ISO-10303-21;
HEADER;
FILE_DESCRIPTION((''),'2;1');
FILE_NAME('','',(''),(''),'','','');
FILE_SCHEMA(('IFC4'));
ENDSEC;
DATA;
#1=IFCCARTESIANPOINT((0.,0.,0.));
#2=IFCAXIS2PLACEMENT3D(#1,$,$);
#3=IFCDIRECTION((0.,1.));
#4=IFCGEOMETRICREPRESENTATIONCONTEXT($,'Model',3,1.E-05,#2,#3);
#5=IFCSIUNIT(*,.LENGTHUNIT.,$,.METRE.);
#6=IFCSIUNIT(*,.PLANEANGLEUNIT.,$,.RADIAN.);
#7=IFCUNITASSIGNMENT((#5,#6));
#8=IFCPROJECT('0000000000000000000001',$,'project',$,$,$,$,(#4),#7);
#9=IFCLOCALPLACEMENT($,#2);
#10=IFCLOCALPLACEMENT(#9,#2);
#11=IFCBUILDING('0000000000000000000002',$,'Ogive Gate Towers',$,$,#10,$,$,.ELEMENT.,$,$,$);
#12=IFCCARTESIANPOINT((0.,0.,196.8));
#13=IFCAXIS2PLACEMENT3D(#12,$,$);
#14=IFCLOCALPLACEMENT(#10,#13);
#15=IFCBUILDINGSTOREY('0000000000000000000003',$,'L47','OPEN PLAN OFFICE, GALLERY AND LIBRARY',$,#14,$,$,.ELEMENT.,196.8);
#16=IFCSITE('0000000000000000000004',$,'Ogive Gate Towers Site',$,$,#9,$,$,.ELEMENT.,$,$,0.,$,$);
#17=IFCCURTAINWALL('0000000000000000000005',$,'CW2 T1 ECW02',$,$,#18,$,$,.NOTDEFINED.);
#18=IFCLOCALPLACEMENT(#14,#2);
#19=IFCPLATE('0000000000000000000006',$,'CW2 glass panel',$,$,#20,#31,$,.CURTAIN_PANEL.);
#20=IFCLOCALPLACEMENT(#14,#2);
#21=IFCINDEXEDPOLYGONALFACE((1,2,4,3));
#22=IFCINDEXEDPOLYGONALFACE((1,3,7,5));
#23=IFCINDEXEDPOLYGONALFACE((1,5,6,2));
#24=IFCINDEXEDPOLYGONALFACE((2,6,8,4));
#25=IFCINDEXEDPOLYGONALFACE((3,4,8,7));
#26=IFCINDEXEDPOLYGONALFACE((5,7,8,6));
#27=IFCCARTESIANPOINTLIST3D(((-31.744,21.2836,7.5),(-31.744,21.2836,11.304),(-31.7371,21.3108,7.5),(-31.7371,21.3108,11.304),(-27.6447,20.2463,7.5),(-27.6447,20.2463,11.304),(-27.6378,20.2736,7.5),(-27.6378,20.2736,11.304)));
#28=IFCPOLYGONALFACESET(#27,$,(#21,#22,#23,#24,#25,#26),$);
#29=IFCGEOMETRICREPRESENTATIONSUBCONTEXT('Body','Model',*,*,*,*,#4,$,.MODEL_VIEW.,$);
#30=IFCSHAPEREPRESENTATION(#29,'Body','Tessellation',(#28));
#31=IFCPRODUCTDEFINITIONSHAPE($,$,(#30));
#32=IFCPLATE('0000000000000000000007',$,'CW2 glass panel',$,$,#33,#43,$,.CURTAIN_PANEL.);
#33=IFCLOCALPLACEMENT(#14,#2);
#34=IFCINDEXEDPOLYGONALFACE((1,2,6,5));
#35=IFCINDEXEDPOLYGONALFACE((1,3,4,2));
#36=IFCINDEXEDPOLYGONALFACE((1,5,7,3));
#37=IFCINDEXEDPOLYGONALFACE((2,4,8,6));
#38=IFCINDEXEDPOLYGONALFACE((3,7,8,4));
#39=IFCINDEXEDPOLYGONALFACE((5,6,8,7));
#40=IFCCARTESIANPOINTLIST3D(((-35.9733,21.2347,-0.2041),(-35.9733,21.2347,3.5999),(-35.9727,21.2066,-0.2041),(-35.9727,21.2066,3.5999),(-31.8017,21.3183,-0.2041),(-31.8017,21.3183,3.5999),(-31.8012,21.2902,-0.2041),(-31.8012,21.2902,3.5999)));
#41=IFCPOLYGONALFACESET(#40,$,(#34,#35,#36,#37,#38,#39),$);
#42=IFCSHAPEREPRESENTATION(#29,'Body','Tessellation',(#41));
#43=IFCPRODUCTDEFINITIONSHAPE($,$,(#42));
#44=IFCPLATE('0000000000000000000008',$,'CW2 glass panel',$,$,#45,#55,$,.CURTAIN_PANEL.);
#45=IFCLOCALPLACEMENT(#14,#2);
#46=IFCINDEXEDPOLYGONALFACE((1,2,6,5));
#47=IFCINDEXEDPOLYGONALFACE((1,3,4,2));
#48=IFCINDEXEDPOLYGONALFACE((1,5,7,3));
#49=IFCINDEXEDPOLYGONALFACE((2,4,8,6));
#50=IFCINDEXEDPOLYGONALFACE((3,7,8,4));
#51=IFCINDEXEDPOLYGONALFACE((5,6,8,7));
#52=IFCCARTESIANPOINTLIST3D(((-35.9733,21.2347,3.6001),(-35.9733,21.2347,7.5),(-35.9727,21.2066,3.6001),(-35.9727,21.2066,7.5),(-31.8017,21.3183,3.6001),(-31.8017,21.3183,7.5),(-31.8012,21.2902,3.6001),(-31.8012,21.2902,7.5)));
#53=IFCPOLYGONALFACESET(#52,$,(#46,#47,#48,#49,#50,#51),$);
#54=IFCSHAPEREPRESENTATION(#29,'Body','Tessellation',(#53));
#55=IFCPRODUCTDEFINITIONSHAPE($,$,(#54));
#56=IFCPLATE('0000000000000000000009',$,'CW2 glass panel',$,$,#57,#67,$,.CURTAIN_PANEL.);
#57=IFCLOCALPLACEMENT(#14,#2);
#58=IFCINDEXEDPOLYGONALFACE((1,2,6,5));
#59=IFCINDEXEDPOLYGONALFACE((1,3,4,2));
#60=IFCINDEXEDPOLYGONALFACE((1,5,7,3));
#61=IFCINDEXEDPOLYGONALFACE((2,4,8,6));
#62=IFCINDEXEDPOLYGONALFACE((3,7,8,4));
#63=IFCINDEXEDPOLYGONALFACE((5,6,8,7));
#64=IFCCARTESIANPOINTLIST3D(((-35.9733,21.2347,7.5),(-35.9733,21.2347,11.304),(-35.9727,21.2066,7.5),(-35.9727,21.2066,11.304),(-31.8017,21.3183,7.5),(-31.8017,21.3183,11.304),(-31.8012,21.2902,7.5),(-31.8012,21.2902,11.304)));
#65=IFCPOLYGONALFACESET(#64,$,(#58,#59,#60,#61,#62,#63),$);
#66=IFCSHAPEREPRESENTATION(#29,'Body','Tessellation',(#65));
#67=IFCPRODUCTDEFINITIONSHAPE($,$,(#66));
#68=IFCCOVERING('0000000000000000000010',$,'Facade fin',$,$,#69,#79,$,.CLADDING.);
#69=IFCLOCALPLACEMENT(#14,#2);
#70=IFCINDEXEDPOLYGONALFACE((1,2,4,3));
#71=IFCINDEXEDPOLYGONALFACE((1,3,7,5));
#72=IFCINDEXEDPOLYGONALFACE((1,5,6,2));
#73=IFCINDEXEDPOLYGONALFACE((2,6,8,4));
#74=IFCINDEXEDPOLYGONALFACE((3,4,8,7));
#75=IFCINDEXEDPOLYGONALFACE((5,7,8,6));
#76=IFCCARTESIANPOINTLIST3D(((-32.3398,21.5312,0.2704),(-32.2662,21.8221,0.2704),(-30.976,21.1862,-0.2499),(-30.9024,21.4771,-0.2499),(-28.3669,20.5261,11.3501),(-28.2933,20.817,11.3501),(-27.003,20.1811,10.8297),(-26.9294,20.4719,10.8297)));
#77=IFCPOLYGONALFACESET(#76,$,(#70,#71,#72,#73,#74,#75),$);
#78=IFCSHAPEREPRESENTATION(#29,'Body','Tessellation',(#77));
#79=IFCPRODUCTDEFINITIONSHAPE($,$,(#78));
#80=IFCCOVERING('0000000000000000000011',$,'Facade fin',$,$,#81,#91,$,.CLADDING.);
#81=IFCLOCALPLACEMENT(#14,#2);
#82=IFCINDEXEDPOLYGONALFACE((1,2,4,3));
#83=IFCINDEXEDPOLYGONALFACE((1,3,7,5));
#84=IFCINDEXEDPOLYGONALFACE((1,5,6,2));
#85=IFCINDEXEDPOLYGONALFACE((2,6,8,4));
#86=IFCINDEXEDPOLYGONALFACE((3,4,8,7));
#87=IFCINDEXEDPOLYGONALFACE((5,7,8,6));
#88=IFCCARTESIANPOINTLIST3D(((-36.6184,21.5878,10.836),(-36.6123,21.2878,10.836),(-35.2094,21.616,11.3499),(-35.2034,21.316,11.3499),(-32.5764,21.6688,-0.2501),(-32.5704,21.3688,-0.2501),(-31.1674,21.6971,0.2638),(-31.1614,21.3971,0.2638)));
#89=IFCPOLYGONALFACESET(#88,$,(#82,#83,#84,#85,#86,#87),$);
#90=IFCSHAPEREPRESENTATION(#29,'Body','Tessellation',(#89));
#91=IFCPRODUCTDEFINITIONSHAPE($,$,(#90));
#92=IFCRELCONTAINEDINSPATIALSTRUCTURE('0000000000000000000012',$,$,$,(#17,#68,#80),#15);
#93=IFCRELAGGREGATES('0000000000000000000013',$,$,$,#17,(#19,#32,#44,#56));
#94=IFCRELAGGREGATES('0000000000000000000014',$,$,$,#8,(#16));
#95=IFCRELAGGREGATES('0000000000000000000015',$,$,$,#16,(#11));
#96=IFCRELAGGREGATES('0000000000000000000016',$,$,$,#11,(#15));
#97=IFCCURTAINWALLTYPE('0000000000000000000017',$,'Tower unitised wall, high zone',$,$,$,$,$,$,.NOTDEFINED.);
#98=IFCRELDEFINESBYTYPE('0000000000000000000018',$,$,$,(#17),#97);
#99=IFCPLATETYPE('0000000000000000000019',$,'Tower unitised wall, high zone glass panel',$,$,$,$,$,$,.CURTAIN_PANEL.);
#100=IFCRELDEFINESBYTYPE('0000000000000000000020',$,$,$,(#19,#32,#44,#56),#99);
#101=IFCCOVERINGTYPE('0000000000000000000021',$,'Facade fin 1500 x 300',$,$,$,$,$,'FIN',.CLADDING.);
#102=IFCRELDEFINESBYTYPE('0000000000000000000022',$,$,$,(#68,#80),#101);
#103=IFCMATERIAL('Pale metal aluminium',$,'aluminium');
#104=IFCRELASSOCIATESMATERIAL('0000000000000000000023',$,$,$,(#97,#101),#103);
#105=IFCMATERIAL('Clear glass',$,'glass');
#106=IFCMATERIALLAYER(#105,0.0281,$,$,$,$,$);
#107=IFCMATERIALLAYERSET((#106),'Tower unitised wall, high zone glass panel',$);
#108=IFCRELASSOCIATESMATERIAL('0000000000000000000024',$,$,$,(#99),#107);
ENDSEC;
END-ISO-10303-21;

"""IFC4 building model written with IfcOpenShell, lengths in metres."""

from ifc_helpers import new_model, si_unit, direction, frame, origin, origin_2d, place, context, subcontext, project, spatial, rectangle, extrude, material, layer, layer_set, material_profile, profile_set, type_object, element, aggregate, save


model = new_model("IFC4")

# Units and contexts
model_context = context("Model", 3, precision=1e-05, world=origin(), true_north=direction((0.0, 1.0)))
body_context = subcontext(model_context, "Body", "Model", "MODEL_VIEW")
ifc_project = project(units=[si_unit("LENGTHUNIT", "METRE"), si_unit("PLANEANGLEUNIT", "RADIAN")], contexts=[model_context])

# Site, building, storey
site_placement = place(None, origin())
site = spatial("IfcSite", under=ifc_project, at=site_placement, Name="Ogive Gate Towers Site", CompositionType="ELEMENT", RefElevation=0.0)
building_placement = place(site_placement, origin())
building = spatial("IfcBuilding", under=site, at=building_placement, Name="Ogive Gate Towers", CompositionType="ELEMENT")
storey_placement = place(building_placement, frame((0.0, 0.0, 196.8)))
storey = spatial("IfcBuildingStorey", under=building, at=storey_placement, Name="L47", Description="OPEN PLAN OFFICE, GALLERY AND LIBRARY", CompositionType="ELEMENT", Elevation=196.8)

# Curtain wall
ifc_material_1 = material(Name="Pale metal aluminium", Category="aluminium")
curtain_wall_type = type_object("IfcCurtainWallType", Name="Tower unitised wall, high zone", PredefinedType="NOTDEFINED", material=ifc_material_1)
curtain_wall_1_placement = place(storey_placement, origin())
curtain_wall_1 = element("IfcCurtainWall", 1, at=curtain_wall_1_placement, inside=storey, type_object=curtain_wall_type, Name="CW2 T1 ECW02", PredefinedType="NOTDEFINED")

# Plates
ifc_material_2 = material(Name="Clear glass", Category="glass")
ifc_layer = layer(ifc_material_2, 0.0281)
ifc_layer_set = layer_set([ifc_layer], Name="Tower unitised wall, high zone glass panel")
plate_type = type_object("IfcPlateType", Name="Tower unitised wall, high zone glass panel", PredefinedType="CURTAIN_PANEL", material=ifc_layer_set)
plate_1_placement = place(storey_placement, frame((-29.6909, 20.7786, 7.5), z_axis=(0.0, 0.0, 1.0), x_axis=(-0.96945, 0.24529, 0.0)))
plate_1 = element("IfcPlate", 2, at=plate_1_placement, type_object=plate_type, Name="CW2 glass panel", PredefinedType="CURTAIN_PANEL", context=body_context, shape_type="SweptSolid", body=[
    extrude(rectangle(XDim=4.2285, YDim=0.0281, at=origin_2d()), origin(), (0.0, 0.0, 1.0), 3.804),
])
plate_2_placement = place(storey_placement, frame((-33.8872, 21.2625, -0.2041), z_axis=(0.0, 0.0, 1.0), x_axis=(-0.999799, -0.020052, 0.0)))
plate_2 = element("IfcPlate", 3, at=plate_2_placement, type_object=plate_type, Name="CW2 glass panel", PredefinedType="CURTAIN_PANEL", context=body_context, shape_type="SweptSolid", body=[
    extrude(rectangle(XDim=4.1724, YDim=0.0281, at=origin_2d()), origin(), (0.0, 0.0, 1.0), 3.804),
])
plate_3_placement = place(storey_placement, frame((-33.8872, 21.2625, 3.6001), z_axis=(0.0, 0.0, 1.0), x_axis=(-0.999799, -0.020052, 0.0)))
plate_3 = element("IfcPlate", 4, at=plate_3_placement, type_object=plate_type, Name="CW2 glass panel", PredefinedType="CURTAIN_PANEL", context=body_context, shape_type="SweptSolid", body=[
    extrude(rectangle(XDim=4.1724, YDim=0.0281, at=origin_2d()), origin(), (0.0, 0.0, 1.0), 3.8999),
])
plate_4_placement = place(storey_placement, frame((-33.8872, 21.2625, 7.5), z_axis=(0.0, 0.0, 1.0), x_axis=(-0.999799, -0.020052, 0.0)))
plate_4 = element("IfcPlate", 5, at=plate_4_placement, type_object=plate_type, Name="CW2 glass panel", PredefinedType="CURTAIN_PANEL", context=body_context, shape_type="SweptSolid", body=[
    extrude(rectangle(XDim=4.1724, YDim=0.0281, at=origin_2d()), origin(), (0.0, 0.0, 1.0), 3.804),
])
aggregate(curtain_wall_1, [plate_1, plate_2, plate_3, plate_4])

# Coverings
ifc_material_profile_1 = material_profile(ifc_material_1, rectangle(XDim=0.3, YDim=1.5, at=origin_2d()), Name="1500 x 300 pale metal aluminium")
ifc_profile_set_1 = profile_set([ifc_material_profile_1], Name="Pale metal aluminium")
covering_type = type_object("IfcCoveringType", Name="Facade fin 1500 x 300", ElementType="FIN", PredefinedType="CLADDING", material=ifc_profile_set_1)
covering_1_placement = place(storey_placement, frame((-31.6211, 21.5042, 0.0103), z_axis=(0.33631, -0.085085, 0.9379), x_axis=(0.245268, 0.969455, 0.0)))
element("IfcCovering", 6, at=covering_1_placement, inside=storey, type_object=covering_type, Name="Facade fin", PredefinedType="CLADDING", context=body_context, shape_type="SweptSolid", body=[
    extrude(rectangle(XDim=0.3, YDim=1.5, at=origin_2d()), origin(), (0.0, 0.0, 1.0), 11.8132),
])
covering_2_placement = place(storey_placement, frame((-31.8689, 21.533, 0.0068), z_axis=(-0.342532, -0.006869, 0.939481), x_axis=(0.020049, -0.999799, 0.0)))
element("IfcCovering", 7, at=covering_2_placement, inside=storey, type_object=covering_type, Name="Facade fin", PredefinedType="CLADDING", context=body_context, shape_type="SweptSolid", body=[
    extrude(rectangle(XDim=0.3, YDim=1.5, at=origin_2d()), origin(), (0.0, 0.0, 1.0), 11.8003),
])

save(model, "model.ifc")
